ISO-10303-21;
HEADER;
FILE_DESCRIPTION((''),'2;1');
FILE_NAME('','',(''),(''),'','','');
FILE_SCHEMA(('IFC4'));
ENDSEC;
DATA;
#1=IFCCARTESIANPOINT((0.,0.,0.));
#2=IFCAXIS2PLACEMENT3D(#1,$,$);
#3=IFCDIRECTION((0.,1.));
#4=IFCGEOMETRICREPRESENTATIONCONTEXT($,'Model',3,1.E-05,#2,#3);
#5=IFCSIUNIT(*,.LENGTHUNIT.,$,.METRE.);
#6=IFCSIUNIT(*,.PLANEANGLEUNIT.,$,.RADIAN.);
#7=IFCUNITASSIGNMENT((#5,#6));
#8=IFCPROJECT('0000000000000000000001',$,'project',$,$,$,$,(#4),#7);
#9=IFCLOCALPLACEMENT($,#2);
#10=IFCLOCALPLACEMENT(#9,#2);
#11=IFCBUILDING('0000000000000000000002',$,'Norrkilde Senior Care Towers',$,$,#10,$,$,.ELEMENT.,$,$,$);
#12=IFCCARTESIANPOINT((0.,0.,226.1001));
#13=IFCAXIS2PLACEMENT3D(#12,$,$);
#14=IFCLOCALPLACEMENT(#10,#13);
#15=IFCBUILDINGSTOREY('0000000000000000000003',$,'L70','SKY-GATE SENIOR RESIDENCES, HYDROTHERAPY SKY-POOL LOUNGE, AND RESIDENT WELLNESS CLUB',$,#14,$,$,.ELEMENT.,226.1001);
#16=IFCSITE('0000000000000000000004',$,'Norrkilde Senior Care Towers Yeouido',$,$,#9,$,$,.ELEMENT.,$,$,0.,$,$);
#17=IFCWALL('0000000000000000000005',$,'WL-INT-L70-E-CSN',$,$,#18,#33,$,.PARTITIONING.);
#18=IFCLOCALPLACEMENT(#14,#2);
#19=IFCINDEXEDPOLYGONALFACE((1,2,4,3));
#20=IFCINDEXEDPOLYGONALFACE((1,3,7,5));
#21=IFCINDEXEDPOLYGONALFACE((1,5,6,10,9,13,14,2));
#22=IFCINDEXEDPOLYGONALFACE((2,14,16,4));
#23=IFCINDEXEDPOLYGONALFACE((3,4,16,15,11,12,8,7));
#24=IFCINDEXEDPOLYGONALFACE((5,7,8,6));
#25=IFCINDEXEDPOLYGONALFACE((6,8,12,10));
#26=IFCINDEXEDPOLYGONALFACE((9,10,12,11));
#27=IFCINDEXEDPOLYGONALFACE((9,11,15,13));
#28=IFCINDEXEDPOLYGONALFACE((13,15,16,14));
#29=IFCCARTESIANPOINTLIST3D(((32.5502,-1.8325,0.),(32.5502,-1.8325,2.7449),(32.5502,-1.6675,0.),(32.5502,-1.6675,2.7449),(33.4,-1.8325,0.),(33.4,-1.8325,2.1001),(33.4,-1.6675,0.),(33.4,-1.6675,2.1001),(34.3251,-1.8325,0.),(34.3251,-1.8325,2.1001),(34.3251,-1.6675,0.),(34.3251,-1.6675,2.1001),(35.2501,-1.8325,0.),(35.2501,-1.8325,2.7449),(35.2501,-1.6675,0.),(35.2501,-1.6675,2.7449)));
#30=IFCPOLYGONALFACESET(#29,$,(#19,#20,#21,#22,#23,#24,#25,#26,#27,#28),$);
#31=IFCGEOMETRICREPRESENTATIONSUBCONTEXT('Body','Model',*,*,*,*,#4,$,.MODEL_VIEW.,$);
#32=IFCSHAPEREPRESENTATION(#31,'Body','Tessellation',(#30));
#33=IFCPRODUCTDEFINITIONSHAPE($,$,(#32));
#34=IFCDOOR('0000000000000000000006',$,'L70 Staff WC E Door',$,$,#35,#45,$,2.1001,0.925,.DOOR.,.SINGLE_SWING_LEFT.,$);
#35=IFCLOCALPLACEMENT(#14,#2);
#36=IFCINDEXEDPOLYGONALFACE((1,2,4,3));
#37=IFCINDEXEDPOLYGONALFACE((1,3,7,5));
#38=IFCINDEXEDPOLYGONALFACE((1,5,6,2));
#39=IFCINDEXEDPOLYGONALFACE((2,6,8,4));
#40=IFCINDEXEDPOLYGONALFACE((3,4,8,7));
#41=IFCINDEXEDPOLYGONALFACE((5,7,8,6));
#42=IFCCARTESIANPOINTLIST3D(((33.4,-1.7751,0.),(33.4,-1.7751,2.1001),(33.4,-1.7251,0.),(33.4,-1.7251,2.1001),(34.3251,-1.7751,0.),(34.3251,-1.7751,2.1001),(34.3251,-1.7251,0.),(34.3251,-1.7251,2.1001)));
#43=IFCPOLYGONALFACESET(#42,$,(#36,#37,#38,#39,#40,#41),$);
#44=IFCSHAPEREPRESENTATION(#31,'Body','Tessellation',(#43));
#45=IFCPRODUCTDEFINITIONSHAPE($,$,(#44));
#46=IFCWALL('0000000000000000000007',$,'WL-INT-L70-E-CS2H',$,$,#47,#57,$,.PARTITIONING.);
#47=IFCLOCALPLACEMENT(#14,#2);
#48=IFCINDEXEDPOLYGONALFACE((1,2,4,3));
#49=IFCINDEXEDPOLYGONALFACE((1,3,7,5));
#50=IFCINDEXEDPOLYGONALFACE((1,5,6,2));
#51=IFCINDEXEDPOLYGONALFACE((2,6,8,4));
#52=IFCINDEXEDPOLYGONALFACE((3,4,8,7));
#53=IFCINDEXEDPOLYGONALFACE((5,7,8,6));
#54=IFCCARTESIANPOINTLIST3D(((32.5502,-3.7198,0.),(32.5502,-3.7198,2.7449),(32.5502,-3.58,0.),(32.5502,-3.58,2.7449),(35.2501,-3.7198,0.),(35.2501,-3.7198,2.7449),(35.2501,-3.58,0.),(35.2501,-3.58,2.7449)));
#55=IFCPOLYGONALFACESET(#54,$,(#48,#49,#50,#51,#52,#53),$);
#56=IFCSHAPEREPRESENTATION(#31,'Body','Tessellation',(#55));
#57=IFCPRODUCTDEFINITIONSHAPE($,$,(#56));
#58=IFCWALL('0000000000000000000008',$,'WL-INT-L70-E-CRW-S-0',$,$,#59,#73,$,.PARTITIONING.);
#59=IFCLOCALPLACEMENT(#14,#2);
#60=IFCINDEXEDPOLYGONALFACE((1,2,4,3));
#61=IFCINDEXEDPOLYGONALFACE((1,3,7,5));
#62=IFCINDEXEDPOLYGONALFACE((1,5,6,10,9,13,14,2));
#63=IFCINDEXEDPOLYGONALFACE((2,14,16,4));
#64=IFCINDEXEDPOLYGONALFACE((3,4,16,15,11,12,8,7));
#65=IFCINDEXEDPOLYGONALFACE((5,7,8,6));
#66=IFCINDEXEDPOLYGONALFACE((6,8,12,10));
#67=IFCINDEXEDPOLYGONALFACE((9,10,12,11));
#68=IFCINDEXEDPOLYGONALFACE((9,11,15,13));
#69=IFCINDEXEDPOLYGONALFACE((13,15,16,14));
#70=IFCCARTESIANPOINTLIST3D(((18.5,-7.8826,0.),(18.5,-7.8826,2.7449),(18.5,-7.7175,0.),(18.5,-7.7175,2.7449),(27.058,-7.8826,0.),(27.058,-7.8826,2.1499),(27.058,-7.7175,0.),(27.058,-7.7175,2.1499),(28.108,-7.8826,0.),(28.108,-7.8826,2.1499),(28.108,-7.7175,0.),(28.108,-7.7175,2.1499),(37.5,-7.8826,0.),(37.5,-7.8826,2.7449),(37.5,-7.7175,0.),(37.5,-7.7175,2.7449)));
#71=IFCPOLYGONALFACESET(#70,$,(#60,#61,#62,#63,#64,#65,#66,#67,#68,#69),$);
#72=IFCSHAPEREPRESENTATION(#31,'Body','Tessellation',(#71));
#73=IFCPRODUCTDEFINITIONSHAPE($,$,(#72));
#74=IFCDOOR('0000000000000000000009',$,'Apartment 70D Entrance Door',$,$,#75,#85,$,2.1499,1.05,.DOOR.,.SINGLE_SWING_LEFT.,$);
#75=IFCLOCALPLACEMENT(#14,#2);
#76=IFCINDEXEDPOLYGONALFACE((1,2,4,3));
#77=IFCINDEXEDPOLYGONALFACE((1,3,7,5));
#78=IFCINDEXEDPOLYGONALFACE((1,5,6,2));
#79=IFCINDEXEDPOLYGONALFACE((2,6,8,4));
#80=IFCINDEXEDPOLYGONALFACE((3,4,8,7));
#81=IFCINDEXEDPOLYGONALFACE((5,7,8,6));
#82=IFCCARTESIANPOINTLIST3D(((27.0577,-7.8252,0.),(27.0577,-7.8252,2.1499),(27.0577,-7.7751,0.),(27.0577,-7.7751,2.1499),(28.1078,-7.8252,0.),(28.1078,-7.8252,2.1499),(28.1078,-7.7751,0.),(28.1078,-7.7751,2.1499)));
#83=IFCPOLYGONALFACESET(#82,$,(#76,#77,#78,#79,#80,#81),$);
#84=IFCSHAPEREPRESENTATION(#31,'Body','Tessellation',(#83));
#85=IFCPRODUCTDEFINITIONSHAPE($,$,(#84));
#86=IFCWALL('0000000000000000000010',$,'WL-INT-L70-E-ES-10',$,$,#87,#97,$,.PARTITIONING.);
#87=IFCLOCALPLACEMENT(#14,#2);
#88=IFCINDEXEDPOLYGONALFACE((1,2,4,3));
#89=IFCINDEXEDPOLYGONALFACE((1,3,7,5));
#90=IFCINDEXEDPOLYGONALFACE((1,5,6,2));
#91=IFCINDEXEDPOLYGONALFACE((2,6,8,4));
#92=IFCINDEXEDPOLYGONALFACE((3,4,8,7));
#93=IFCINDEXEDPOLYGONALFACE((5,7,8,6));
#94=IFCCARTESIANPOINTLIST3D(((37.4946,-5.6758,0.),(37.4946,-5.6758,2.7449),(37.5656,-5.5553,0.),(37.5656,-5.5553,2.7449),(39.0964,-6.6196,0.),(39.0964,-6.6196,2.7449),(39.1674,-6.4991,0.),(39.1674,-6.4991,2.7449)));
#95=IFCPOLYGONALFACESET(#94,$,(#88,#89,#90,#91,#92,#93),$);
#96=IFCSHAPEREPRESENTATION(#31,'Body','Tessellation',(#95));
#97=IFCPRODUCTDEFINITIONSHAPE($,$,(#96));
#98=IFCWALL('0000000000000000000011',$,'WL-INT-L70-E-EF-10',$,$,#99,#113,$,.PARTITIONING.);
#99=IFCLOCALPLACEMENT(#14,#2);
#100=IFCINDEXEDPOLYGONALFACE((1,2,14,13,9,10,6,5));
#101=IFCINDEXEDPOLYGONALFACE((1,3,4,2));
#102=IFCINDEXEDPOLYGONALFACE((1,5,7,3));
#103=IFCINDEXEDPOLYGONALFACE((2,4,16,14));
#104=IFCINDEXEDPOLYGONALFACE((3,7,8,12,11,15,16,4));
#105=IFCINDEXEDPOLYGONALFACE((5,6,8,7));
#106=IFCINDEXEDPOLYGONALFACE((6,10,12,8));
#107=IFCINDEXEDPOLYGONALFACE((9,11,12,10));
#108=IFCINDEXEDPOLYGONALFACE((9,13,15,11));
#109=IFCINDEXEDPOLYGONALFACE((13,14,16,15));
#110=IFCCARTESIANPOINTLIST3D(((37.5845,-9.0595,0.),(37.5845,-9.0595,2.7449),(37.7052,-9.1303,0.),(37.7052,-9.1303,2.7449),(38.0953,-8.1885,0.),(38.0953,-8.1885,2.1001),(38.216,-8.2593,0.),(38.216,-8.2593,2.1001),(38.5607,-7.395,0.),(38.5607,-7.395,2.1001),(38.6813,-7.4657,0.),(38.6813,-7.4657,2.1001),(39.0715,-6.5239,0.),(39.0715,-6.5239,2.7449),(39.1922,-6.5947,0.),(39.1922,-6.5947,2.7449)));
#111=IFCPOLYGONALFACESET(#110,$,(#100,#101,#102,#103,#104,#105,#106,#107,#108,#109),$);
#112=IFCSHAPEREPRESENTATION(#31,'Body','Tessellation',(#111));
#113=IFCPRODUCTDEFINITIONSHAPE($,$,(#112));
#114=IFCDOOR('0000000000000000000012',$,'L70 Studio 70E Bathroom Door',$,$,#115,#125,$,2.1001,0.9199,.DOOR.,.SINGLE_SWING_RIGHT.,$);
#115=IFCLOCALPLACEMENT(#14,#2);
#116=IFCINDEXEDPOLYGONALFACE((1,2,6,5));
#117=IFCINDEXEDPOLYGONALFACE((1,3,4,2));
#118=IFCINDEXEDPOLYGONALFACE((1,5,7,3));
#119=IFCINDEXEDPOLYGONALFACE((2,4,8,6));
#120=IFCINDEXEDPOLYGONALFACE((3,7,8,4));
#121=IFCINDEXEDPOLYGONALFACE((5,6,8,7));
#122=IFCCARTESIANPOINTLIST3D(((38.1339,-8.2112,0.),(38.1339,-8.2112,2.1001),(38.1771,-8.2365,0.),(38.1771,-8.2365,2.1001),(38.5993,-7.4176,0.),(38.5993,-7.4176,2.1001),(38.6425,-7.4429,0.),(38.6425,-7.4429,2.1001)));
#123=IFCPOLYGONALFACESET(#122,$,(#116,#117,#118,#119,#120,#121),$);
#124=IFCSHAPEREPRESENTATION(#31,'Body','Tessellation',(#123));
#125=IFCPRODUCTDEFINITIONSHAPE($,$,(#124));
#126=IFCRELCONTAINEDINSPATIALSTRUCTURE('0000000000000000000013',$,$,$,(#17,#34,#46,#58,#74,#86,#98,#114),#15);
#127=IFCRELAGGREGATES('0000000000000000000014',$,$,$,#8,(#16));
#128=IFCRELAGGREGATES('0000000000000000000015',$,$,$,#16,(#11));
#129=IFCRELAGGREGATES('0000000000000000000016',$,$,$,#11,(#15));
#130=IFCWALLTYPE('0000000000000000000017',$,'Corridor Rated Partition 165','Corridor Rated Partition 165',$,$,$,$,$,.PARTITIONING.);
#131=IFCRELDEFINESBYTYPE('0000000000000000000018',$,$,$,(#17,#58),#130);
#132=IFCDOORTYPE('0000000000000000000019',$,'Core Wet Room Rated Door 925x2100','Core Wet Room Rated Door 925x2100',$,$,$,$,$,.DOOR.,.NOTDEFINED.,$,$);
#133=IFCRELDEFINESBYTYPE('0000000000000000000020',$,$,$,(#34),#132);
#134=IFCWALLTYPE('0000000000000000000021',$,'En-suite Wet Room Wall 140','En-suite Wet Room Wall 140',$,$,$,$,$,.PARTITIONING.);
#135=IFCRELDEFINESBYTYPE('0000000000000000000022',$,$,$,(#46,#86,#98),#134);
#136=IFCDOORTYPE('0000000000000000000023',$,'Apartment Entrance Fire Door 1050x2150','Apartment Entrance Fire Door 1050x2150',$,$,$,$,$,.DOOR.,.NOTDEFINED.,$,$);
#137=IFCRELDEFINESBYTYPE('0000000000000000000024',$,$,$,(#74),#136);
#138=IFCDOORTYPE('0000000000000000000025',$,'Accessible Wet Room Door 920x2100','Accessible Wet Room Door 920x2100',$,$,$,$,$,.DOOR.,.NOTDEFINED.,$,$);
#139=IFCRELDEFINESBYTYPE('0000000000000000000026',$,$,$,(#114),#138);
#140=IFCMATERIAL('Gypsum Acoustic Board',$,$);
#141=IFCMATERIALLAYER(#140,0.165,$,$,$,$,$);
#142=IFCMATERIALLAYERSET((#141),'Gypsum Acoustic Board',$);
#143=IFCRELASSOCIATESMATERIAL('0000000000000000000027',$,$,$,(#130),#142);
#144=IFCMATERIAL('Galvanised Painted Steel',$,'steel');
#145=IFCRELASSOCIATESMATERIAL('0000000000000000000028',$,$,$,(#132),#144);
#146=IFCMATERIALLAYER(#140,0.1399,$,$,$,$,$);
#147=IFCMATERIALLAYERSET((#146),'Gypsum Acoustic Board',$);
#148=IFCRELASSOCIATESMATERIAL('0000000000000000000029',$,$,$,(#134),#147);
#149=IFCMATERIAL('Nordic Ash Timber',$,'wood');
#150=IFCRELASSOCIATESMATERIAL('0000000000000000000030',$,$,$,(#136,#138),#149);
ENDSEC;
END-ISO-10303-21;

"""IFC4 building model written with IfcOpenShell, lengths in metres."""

from ifc_helpers import new_model, si_unit, direction, frame, frame_2d, origin, place, context, subcontext, project, spatial, rectangle, extrude, source, transform, mapped, material, layer, layer_set, type_object, type_shapes, element, fill, save


model = new_model("IFC4")

# Units and contexts
model_context = context("Model", 3, precision=1e-05, world=origin(), true_north=direction((0.0, 1.0)))
body_context = subcontext(model_context, "Body", "Model", "MODEL_VIEW")
ifc_project = project(units=[si_unit("LENGTHUNIT", "METRE"), si_unit("PLANEANGLEUNIT", "RADIAN")], contexts=[model_context])

# Site, building, storey
site_placement = place(None, origin())
site = spatial("IfcSite", under=ifc_project, at=site_placement, Name="Norrkilde Senior Care Towers Yeouido", CompositionType="ELEMENT", RefElevation=0.0)
building_placement = place(site_placement, origin())
building = spatial("IfcBuilding", under=site, at=building_placement, Name="Norrkilde Senior Care Towers", CompositionType="ELEMENT")
storey_placement = place(building_placement, frame((0.0, 0.0, 226.1001)))
storey = spatial("IfcBuildingStorey", under=building, at=storey_placement, Name="L70", Description="SKY-GATE SENIOR RESIDENCES, HYDROTHERAPY SKY-POOL LOUNGE, AND RESIDENT WELLNESS CLUB", CompositionType="ELEMENT", Elevation=226.1001)

# Shared definitions
ifc_material_1 = material(Name="Gypsum Acoustic Board")
ifc_layer_1 = layer(ifc_material_1, 0.165)
ifc_layer_set_1 = layer_set([ifc_layer_1], Name="Gypsum Acoustic Board")
wall_type_1 = type_object("IfcWallType", Name="Corridor Rated Partition 165", Description="Corridor Rated Partition 165", PredefinedType="PARTITIONING", material=ifc_layer_set_1)

# Wall, opening, door
shared_shape_1 = source(origin(), body_context, "Body", "SweptSolid", [
    extrude(rectangle(XDim=2.7, YDim=0.165, at=frame_2d((1.3501, 0.0))), origin(), (0.0, 0.0, 1.0), 2.7449),
])
wall_1_placement = place(storey_placement, frame((32.55, -1.75, 0.0), z_axis=(0.0, 0.0, 1.0), x_axis=(1.0, 0.0, 0.0)))
wall_1 = element("IfcWall", 1, at=wall_1_placement, inside=storey, type_object=wall_type_1, Name="WL-INT-L70-E-CSN", PredefinedType="PARTITIONING", context=body_context, shape_type="MappedRepresentation", body=[
    mapped(shared_shape_1, transform((0.0, 0.0, 0.0), x_axis=(1.0, 0.0, 0.0), y_axis=(0.0, 1.0, 0.0), z_axis=(0.0, 0.0, 1.0), scale=1.0)),
])
opening_1_placement = place(wall_1_placement, frame((0.8501, 0.0, 0.0)))
opening_1 = element("IfcOpeningElement", 2, at=opening_1_placement, cuts=wall_1, PredefinedType="OPENING", context=body_context, shape_type="SweptSolid", body=[
    extrude(rectangle(XDim=0.925, YDim=2.1001, at=frame_2d((0.4624, 1.05))), frame((0.0, 0.0925, 0.0), z_axis=(0.0, -1.0, 0.0), x_axis=(1.0, 0.0, 0.0)), (0.0, 0.0, 1.0), 0.1851),
])
ifc_material_2 = material(Name="Galvanised Painted Steel", Category="steel")
door_type_1 = type_object("IfcDoorType", Name="Core Wet Room Rated Door 925x2100", Description="Core Wet Room Rated Door 925x2100", OperationType="NOTDEFINED", PredefinedType="DOOR", material=ifc_material_2)
shared_shape_2 = source(origin(), body_context, "Body", "SweptSolid", [
    extrude(rectangle(XDim=0.925, YDim=2.1001, at=frame_2d((0.4624, 1.05))), frame((0.0, 0.0249, 0.0), z_axis=(0.0, -1.0, 0.0), x_axis=(1.0, 0.0, 0.0)), (0.0, 0.0, 1.0), 0.05),
])
type_shapes(door_type_1, [shared_shape_2])
door_1_placement = place(opening_1_placement, origin())
door_1 = element("IfcDoor", 3, at=door_1_placement, inside=storey, type_object=door_type_1, Name="L70 Staff WC E Door", OperationType="SINGLE_SWING_LEFT", OverallHeight=2.1001, OverallWidth=0.925, PredefinedType="DOOR", context=body_context, shape_type="MappedRepresentation", body=[
    mapped(shared_shape_2, transform((0.0, 0.0, 0.0), x_axis=(1.0, 0.0, 0.0), y_axis=(0.0, 1.0, 0.0), z_axis=(0.0, 0.0, 1.0), scale=1.0)),
])
fill(opening_1, door_1)

# Wall
ifc_layer_2 = layer(ifc_material_1, 0.1399)
ifc_layer_set_2 = layer_set([ifc_layer_2], Name="Gypsum Acoustic Board")
wall_type_2 = type_object("IfcWallType", Name="En-suite Wet Room Wall 140", Description="En-suite Wet Room Wall 140", PredefinedType="PARTITIONING", material=ifc_layer_set_2)
shared_shape_3 = source(origin(), body_context, "Body", "SweptSolid", [
    extrude(rectangle(XDim=2.7, YDim=0.1399, at=frame_2d((1.3501, 0.0))), origin(), (0.0, 0.0, 1.0), 2.7449),
])
wall_2_placement = place(storey_placement, frame((32.55, -3.6499, 0.0), z_axis=(0.0, 0.0, 1.0), x_axis=(1.0, 0.0, 0.0)))
element("IfcWall", 4, at=wall_2_placement, inside=storey, type_object=wall_type_2, Name="WL-INT-L70-E-CS2H", PredefinedType="PARTITIONING", context=body_context, shape_type="MappedRepresentation", body=[
    mapped(shared_shape_3, transform((0.0, 0.0, 0.0), x_axis=(1.0, 0.0, 0.0), y_axis=(0.0, 1.0, 0.0), z_axis=(0.0, 0.0, 1.0), scale=1.0)),
])

# Wall, opening, door
shared_shape_4 = source(origin(), body_context, "Body", "SweptSolid", [
    extrude(rectangle(XDim=19.0, YDim=0.165, at=frame_2d((9.5, 0.0))), origin(), (0.0, 0.0, 1.0), 2.7449),
])
wall_3_placement = place(storey_placement, frame((37.5, -7.8, 0.0), z_axis=(0.0, 0.0, 1.0), x_axis=(-1.0, 0.0, 0.0)))
wall_3 = element("IfcWall", 5, at=wall_3_placement, inside=storey, type_object=wall_type_1, Name="WL-INT-L70-E-CRW-S-0", PredefinedType="PARTITIONING", context=body_context, shape_type="MappedRepresentation", body=[
    mapped(shared_shape_4, transform((0.0, 0.0, 0.0), x_axis=(1.0, 0.0, 0.0), y_axis=(0.0, 1.0, 0.0), z_axis=(0.0, 0.0, 1.0), scale=1.0)),
])
opening_2_placement = place(wall_3_placement, frame((9.3921, 0.0, 0.0)))
opening_2 = element("IfcOpeningElement", 6, at=opening_2_placement, cuts=wall_3, PredefinedType="OPENING", context=body_context, shape_type="SweptSolid", body=[
    extrude(rectangle(XDim=1.05, YDim=2.1499, at=frame_2d((0.5249, 1.075))), frame((0.0, 0.0925, 0.0), z_axis=(0.0, -1.0, 0.0), x_axis=(1.0, 0.0, 0.0)), (0.0, 0.0, 1.0), 0.1851),
])
ifc_material_3 = material(Name="Nordic Ash Timber", Category="wood")
door_type_2 = type_object("IfcDoorType", Name="Apartment Entrance Fire Door 1050x2150", Description="Apartment Entrance Fire Door 1050x2150", OperationType="NOTDEFINED", PredefinedType="DOOR", material=ifc_material_3)
shared_shape_5 = source(origin(), body_context, "Body", "SweptSolid", [
    extrude(rectangle(XDim=1.05, YDim=2.1499, at=frame_2d((0.5249, 1.075))), frame((0.0, 0.0249, 0.0), z_axis=(0.0, -1.0, 0.0), x_axis=(1.0, 0.0, 0.0)), (0.0, 0.0, 1.0), 0.05),
])
type_shapes(door_type_2, [shared_shape_5])
door_2_placement = place(opening_2_placement, frame((1.05, 0.0, 0.0), z_axis=(0.0, 0.0, 1.0), x_axis=(-1.0, 0.0, 0.0)))
door_2 = element("IfcDoor", 7, at=door_2_placement, inside=storey, type_object=door_type_2, Name="Apartment 70D Entrance Door", OperationType="SINGLE_SWING_LEFT", OverallHeight=2.1499, OverallWidth=1.05, PredefinedType="DOOR", context=body_context, shape_type="MappedRepresentation", body=[
    mapped(shared_shape_5, transform((0.0, 0.0, 0.0), x_axis=(1.0, 0.0, 0.0), y_axis=(0.0, 1.0, 0.0), z_axis=(0.0, 0.0, 1.0), scale=1.0)),
])
fill(opening_2, door_2)

# Wall
shared_shape_6 = source(origin(), body_context, "Body", "SweptSolid", [
    extrude(rectangle(XDim=1.8591, YDim=0.1399, at=frame_2d((0.9297, 0.0))), origin(), (0.0, 0.0, 1.0), 2.7449),
])
wall_4_placement = place(storey_placement, frame((37.53, -5.6155, 0.0), z_axis=(0.0, 0.0, 1.0), x_axis=(0.861556, -0.507663, 0.0)))
element("IfcWall", 8, at=wall_4_placement, inside=storey, type_object=wall_type_2, Name="WL-INT-L70-E-ES-10", PredefinedType="PARTITIONING", context=body_context, shape_type="MappedRepresentation", body=[
    mapped(shared_shape_6, transform((0.0, 0.0, 0.0), x_axis=(1.0, 0.0, 0.0), y_axis=(0.0, 1.0, 0.0), z_axis=(0.0, 0.0, 1.0), scale=1.0)),
])

# Wall, opening, door
shared_shape_7 = source(origin(), body_context, "Body", "SweptSolid", [
    extrude(rectangle(XDim=2.9395, YDim=0.1399, at=frame_2d((1.4697, 0.0))), origin(), (0.0, 0.0, 1.0), 2.7449),
])
type_shapes(wall_type_2, [shared_shape_3, shared_shape_6, shared_shape_7])
wall_5_placement = place(storey_placement, frame((39.1318, -6.5593, 0.0), z_axis=(0.0, 0.0, 1.0), x_axis=(-0.505884, -0.862602, 0.0)))
wall_5 = element("IfcWall", 9, at=wall_5_placement, inside=storey, type_object=wall_type_2, Name="WL-INT-L70-E-EF-10", PredefinedType="PARTITIONING", context=body_context, shape_type="MappedRepresentation", body=[
    mapped(shared_shape_7, transform((0.0, 0.0, 0.0), x_axis=(1.0, 0.0, 0.0), y_axis=(0.0, 1.0, 0.0), z_axis=(0.0, 0.0, 1.0), scale=1.0)),
])
opening_3_placement = place(wall_5_placement, frame((1.0098, 0.0, 0.0)))
opening_3 = element("IfcOpeningElement", 10, at=opening_3_placement, cuts=wall_5, PredefinedType="OPENING", context=body_context, shape_type="SweptSolid", body=[
    extrude(rectangle(XDim=0.9199, YDim=2.1001, at=frame_2d((0.46, 1.05))), frame((0.0, 0.0798, 0.0), z_axis=(0.0, -1.0, 0.0), x_axis=(1.0, 0.0, 0.0)), (0.0, 0.0, 1.0), 0.1599),
])
door_type_3 = type_object("IfcDoorType", Name="Accessible Wet Room Door 920x2100", Description="Accessible Wet Room Door 920x2100", OperationType="NOTDEFINED", PredefinedType="DOOR", material=ifc_material_3)
shared_shape_8 = source(origin(), body_context, "Body", "SweptSolid", [
    extrude(rectangle(XDim=0.9199, YDim=2.1001, at=frame_2d((0.46, 1.05))), frame((0.0, 0.0249, 0.0), z_axis=(0.0, -1.0, 0.0), x_axis=(1.0, 0.0, 0.0)), (0.0, 0.0, 1.0), 0.05),
])
type_shapes(door_type_3, [shared_shape_8])
door_3_placement = place(opening_3_placement, origin())
door_3 = element("IfcDoor", 11, at=door_3_placement, inside=storey, type_object=door_type_3, Name="L70 Studio 70E Bathroom Door", OperationType="SINGLE_SWING_RIGHT", OverallHeight=2.1001, OverallWidth=0.9199, PredefinedType="DOOR", context=body_context, shape_type="MappedRepresentation", body=[
    mapped(shared_shape_8, transform((0.0, 0.0, 0.0), x_axis=(1.0, 0.0, 0.0), y_axis=(0.0, 1.0, 0.0), z_axis=(0.0, 0.0, 1.0), scale=1.0)),
])
fill(opening_3, door_3)

save(model, "model.ifc")
